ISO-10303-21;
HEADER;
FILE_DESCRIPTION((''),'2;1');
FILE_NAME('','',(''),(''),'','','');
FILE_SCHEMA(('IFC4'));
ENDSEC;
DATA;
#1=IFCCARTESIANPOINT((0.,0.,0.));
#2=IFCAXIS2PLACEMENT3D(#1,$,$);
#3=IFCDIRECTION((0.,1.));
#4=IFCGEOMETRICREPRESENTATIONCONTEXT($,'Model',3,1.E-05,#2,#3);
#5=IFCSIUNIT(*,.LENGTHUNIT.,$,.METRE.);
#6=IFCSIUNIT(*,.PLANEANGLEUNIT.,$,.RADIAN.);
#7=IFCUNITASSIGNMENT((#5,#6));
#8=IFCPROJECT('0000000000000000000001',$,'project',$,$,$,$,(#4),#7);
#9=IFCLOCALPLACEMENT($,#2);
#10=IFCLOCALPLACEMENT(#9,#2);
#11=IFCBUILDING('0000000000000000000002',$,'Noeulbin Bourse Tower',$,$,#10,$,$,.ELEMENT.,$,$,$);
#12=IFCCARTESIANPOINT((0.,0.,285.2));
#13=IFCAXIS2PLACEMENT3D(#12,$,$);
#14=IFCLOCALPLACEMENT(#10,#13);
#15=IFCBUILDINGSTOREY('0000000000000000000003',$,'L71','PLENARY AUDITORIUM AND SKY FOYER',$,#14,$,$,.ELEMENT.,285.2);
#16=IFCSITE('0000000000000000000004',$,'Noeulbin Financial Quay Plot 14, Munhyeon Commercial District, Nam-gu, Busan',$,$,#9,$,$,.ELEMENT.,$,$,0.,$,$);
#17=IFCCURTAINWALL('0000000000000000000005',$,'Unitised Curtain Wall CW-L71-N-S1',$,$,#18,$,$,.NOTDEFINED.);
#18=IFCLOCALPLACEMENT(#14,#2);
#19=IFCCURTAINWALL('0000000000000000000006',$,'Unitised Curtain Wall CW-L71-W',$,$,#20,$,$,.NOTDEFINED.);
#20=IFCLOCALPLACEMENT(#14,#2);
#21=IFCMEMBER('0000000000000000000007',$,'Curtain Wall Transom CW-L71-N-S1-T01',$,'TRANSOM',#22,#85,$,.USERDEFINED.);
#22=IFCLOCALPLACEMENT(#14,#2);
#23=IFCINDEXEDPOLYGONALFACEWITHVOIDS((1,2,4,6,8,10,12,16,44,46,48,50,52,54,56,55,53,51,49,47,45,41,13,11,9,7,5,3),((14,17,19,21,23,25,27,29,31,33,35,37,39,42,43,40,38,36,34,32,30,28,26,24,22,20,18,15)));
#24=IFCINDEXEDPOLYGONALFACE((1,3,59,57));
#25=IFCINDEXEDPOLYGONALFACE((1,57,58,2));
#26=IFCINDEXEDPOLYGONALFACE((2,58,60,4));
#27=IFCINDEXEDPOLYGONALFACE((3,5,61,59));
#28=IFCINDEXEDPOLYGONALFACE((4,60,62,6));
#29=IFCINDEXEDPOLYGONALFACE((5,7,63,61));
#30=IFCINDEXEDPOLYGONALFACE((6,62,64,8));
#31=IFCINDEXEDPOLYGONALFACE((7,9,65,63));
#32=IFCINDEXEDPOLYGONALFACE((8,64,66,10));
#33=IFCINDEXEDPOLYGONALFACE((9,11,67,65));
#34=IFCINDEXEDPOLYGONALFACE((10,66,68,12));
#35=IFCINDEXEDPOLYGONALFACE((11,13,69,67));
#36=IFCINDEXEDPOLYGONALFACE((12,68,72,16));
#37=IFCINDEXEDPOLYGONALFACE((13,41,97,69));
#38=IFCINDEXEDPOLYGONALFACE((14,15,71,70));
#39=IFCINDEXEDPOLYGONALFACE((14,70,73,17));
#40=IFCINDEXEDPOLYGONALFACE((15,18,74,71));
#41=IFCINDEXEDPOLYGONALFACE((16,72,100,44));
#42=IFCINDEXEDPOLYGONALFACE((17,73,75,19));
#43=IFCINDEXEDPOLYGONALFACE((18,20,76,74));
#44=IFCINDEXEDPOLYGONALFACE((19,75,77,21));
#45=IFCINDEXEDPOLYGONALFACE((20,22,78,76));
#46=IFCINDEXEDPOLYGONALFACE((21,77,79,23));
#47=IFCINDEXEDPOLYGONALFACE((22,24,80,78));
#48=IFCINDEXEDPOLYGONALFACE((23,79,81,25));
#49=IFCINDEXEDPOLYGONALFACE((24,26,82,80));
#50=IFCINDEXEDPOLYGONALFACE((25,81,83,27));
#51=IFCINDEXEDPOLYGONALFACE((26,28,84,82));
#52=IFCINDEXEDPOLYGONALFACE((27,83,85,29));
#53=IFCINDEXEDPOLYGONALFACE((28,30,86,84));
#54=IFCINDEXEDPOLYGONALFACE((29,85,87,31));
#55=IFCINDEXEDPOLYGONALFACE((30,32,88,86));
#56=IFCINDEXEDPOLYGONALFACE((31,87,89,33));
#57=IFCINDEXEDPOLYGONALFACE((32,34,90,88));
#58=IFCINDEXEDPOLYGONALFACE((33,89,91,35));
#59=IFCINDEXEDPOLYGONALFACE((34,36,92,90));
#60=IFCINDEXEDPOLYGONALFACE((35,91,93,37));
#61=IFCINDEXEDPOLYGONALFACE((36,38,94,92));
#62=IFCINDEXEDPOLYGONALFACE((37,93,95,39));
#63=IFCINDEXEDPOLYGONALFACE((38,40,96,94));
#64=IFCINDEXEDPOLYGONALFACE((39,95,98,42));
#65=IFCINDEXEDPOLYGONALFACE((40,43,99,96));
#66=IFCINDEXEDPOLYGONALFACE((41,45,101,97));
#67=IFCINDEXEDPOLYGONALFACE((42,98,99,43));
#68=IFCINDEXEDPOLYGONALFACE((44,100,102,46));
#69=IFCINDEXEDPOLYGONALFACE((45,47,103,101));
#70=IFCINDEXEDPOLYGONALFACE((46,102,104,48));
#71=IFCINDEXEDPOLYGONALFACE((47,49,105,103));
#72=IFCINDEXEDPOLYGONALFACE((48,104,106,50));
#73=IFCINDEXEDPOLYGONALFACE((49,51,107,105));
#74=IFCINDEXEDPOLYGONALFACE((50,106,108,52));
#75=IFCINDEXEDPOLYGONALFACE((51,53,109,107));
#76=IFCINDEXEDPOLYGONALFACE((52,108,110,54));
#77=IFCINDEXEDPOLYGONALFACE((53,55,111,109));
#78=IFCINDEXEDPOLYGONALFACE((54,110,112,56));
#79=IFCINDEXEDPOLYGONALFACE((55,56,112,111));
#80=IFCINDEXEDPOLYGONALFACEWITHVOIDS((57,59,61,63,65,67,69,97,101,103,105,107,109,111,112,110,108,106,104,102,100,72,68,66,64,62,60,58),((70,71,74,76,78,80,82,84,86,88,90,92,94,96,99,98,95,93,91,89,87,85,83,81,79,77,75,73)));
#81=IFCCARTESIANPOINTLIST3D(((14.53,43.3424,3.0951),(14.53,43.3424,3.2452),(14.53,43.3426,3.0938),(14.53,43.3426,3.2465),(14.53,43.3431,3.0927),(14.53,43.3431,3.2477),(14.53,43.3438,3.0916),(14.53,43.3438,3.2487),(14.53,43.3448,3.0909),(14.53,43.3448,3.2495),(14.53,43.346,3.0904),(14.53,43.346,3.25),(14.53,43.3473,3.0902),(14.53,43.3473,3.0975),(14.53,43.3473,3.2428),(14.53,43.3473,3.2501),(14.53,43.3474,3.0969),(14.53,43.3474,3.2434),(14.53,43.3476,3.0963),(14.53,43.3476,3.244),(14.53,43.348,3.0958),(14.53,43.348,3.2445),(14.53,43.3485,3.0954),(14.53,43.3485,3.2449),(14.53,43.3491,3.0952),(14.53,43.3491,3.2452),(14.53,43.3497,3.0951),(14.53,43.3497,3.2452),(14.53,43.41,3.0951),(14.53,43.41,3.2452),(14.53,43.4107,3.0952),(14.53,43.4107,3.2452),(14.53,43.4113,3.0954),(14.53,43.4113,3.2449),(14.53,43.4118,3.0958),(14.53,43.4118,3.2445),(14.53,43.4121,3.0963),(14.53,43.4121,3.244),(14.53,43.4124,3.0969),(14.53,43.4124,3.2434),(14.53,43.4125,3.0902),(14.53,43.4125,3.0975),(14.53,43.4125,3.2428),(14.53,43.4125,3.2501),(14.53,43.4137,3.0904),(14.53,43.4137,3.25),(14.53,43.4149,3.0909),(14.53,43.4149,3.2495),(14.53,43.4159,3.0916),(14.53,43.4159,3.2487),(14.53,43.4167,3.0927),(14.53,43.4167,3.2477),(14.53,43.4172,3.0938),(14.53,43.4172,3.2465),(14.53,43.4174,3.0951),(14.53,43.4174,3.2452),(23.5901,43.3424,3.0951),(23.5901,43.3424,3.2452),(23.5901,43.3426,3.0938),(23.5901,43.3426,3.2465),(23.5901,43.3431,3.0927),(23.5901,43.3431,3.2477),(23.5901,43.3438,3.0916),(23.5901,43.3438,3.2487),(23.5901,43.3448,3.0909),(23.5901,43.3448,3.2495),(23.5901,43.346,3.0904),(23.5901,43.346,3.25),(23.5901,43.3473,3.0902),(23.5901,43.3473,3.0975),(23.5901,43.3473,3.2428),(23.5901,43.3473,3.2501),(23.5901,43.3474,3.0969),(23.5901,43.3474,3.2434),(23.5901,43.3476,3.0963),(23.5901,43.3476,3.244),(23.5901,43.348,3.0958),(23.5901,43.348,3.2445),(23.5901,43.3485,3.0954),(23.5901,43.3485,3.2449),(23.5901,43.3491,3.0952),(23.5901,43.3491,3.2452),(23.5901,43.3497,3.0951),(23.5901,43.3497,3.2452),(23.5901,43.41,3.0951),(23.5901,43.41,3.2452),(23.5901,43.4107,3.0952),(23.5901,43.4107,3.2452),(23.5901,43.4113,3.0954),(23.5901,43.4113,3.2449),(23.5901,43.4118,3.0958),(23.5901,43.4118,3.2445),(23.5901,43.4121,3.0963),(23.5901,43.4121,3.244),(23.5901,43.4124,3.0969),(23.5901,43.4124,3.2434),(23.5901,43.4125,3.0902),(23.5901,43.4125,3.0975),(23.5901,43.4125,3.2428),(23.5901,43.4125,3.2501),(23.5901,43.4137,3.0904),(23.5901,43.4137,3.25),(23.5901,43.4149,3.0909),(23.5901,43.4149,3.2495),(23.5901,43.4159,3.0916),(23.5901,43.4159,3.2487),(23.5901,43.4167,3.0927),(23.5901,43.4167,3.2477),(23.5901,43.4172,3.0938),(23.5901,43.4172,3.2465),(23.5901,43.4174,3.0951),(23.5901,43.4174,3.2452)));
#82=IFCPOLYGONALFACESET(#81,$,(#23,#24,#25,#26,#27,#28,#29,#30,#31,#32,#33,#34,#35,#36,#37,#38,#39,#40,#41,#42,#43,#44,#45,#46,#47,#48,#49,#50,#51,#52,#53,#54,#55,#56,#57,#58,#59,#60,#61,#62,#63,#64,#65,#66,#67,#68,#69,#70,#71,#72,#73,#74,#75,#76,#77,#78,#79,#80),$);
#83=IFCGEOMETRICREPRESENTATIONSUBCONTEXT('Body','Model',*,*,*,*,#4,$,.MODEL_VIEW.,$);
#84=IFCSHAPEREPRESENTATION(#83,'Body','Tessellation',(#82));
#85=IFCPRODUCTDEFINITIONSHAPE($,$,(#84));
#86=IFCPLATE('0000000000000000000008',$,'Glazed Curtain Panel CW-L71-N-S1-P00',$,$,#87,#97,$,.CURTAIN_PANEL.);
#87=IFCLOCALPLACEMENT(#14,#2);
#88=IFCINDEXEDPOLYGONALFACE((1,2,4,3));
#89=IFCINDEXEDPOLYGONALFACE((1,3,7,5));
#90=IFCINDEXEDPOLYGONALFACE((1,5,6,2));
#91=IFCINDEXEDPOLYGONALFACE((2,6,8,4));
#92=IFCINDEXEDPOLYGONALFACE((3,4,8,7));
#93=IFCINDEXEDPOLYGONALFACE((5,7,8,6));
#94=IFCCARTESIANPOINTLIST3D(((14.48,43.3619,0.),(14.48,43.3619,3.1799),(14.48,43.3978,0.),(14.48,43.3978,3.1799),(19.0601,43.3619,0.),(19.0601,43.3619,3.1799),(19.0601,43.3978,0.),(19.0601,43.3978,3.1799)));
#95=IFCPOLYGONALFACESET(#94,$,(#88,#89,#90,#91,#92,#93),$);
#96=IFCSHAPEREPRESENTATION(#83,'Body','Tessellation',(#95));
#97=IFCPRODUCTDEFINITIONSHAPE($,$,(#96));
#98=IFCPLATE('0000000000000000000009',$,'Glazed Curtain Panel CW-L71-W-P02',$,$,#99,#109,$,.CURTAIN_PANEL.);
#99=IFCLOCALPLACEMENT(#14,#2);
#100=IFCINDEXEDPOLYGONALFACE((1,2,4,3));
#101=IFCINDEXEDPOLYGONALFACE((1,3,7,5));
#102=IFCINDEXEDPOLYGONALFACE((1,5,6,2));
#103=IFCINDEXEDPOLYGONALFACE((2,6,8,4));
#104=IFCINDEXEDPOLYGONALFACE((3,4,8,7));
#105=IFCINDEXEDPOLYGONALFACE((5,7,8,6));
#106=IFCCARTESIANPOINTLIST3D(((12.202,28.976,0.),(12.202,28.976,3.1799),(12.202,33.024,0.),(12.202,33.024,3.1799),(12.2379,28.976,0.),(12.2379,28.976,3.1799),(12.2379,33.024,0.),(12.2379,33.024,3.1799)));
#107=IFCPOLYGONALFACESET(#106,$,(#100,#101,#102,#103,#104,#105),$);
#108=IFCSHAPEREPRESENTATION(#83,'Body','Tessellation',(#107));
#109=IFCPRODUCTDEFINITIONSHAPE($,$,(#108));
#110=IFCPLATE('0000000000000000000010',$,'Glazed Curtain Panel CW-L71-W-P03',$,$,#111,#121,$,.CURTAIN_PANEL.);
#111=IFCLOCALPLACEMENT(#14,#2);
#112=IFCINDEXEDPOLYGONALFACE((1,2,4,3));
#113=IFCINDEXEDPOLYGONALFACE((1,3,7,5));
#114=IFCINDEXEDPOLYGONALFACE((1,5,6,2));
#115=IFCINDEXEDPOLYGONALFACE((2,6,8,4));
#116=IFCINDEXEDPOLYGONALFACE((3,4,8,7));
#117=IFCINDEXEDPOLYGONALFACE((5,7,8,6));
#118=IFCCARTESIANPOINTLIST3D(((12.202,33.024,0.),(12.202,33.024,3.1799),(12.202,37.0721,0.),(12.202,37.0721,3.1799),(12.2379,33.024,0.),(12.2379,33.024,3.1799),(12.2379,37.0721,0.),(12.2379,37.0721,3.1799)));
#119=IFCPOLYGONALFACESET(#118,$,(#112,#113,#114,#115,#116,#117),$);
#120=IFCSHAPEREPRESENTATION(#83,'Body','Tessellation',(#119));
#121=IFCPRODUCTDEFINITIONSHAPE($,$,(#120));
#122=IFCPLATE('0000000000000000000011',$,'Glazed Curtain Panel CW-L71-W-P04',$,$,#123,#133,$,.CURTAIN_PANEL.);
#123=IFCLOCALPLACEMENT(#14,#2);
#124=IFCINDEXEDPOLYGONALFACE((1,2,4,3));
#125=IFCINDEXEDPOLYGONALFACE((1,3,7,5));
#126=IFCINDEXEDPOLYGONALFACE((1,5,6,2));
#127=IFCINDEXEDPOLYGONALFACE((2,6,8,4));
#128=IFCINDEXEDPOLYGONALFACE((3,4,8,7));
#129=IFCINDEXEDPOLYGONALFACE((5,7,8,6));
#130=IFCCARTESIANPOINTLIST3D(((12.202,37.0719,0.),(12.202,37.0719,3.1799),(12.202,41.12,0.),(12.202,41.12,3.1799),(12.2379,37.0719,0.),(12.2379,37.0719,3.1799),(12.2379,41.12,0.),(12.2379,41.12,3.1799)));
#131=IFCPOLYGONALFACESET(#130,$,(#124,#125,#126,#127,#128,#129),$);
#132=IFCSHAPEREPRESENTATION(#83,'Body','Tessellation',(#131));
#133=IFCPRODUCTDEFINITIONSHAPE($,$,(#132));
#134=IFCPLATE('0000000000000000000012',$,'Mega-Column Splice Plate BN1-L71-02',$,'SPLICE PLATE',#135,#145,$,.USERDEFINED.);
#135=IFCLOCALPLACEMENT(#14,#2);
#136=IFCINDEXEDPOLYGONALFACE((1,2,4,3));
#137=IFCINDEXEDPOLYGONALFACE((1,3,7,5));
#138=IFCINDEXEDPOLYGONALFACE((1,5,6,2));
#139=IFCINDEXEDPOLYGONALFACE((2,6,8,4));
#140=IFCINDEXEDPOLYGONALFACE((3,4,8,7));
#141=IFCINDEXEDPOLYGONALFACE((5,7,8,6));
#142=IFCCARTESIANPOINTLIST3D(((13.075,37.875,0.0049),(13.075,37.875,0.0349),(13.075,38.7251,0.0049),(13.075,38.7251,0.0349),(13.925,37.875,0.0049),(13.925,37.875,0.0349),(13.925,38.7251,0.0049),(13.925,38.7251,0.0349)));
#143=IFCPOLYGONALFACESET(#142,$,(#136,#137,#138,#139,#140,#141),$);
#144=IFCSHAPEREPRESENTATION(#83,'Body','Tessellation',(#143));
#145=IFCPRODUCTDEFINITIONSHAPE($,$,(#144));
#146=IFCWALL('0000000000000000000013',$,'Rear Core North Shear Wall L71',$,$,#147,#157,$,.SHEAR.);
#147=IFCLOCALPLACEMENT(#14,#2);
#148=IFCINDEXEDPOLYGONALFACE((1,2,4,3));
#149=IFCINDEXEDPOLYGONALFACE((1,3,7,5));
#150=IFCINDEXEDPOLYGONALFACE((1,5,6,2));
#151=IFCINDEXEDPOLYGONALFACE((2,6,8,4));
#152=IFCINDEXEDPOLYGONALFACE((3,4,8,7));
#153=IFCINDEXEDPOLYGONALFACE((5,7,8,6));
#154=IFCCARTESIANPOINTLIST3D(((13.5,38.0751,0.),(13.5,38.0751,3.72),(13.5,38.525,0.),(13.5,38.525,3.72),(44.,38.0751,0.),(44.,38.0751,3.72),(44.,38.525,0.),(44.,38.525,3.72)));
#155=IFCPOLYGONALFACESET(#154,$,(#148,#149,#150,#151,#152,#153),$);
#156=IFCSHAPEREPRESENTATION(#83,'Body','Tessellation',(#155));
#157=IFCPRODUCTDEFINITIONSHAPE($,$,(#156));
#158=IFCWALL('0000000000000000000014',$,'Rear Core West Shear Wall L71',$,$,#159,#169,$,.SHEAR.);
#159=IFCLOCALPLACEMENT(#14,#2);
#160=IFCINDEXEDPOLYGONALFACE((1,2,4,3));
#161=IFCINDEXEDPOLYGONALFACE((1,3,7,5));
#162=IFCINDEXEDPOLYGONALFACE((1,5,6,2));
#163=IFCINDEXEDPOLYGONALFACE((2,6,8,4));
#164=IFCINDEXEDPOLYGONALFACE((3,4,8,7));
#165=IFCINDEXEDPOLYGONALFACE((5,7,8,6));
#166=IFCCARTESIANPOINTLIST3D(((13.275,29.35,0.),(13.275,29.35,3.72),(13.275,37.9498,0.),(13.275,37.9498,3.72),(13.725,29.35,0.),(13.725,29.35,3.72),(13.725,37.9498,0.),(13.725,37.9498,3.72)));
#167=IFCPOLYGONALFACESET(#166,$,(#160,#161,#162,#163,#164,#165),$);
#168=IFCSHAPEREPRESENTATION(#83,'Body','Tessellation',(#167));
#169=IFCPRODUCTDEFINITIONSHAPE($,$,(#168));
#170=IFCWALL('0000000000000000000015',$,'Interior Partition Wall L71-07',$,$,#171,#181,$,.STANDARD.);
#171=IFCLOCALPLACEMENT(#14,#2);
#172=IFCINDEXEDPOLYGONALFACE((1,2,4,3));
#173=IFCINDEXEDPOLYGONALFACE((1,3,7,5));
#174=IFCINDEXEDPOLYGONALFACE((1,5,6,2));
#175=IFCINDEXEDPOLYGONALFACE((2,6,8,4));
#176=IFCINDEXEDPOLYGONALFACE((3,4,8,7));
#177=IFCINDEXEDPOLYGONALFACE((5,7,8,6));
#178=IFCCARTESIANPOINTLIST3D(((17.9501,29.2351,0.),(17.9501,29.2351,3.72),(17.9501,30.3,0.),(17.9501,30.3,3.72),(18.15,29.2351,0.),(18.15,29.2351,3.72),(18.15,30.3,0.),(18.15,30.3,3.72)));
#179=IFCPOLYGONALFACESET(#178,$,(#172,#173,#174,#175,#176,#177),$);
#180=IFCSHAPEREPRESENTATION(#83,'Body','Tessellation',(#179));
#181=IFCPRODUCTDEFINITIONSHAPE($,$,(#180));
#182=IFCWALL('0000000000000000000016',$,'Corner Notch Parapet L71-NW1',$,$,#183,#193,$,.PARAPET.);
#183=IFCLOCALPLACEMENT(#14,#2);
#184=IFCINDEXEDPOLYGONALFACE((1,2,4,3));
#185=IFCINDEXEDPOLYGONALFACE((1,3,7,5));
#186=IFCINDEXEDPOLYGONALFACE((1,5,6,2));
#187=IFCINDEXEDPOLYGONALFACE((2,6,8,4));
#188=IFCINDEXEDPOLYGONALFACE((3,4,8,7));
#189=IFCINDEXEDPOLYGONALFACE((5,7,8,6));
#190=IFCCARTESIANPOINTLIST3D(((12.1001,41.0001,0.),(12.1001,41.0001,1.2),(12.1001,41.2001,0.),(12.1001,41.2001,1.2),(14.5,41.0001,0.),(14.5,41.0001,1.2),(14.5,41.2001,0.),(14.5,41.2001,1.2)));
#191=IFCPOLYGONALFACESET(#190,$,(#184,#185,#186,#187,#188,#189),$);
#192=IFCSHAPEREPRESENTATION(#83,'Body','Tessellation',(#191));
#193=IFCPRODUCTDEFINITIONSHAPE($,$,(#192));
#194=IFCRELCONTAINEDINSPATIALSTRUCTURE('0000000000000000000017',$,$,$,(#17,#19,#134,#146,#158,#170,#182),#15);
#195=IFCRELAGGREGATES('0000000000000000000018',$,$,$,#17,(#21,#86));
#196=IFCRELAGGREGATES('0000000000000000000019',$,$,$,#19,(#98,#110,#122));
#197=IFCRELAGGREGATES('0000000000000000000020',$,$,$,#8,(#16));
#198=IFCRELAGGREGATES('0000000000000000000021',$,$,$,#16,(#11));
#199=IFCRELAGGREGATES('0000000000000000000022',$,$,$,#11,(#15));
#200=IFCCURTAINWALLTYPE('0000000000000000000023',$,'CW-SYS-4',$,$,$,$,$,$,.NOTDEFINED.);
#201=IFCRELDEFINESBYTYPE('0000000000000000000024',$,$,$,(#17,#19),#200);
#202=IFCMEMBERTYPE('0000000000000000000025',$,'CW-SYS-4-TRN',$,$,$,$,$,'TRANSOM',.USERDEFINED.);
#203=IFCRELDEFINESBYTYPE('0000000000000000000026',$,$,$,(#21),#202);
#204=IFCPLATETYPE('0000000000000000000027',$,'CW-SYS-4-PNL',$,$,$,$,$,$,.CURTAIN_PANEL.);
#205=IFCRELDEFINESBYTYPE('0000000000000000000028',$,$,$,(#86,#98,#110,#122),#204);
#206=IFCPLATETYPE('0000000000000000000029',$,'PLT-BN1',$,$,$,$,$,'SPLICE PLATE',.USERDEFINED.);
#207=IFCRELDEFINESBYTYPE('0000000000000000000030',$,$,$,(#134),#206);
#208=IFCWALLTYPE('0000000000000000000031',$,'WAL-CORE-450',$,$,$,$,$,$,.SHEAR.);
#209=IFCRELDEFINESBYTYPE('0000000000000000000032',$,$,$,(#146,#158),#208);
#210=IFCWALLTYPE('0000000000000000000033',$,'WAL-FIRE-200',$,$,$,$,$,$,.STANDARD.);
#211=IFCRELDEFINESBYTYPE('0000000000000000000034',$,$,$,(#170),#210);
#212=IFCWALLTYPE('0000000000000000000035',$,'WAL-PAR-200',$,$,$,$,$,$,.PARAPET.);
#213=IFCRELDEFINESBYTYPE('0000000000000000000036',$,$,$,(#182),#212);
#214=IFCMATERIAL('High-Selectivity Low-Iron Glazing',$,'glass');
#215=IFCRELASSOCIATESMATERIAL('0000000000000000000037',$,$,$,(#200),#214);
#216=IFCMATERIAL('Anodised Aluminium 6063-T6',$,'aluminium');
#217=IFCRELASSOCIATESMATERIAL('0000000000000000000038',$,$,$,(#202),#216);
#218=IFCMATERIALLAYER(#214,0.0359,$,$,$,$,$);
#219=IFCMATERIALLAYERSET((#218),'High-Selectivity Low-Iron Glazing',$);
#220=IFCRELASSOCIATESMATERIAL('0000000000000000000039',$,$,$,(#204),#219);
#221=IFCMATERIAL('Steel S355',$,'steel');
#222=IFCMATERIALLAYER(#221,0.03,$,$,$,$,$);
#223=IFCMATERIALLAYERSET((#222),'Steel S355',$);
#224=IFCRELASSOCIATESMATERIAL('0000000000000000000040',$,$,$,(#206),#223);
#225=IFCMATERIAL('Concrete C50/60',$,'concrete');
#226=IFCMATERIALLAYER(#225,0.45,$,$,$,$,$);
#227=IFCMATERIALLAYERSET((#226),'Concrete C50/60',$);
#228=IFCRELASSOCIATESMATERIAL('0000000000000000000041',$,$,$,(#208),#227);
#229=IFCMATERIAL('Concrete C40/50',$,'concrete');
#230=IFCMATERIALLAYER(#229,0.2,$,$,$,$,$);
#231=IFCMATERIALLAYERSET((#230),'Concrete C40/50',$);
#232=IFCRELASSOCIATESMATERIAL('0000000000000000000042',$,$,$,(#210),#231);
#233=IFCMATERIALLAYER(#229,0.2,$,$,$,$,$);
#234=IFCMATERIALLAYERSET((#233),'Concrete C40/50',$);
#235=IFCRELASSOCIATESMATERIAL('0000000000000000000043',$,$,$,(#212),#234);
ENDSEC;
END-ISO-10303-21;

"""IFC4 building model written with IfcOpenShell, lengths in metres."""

from ifc_helpers import new_model, si_unit, direction, frame, frame_2d, origin, origin_2d, place, context, subcontext, project, spatial, rectangle, hollow_rectangle, extrude, material, layer, layer_set, material_profile, profile_set, type_object, element, aggregate, save


model = new_model("IFC4")

# Units and contexts
model_context = context("Model", 3, precision=1e-05, world=origin(), true_north=direction((0.0, 1.0)))
body_context = subcontext(model_context, "Body", "Model", "MODEL_VIEW")
ifc_project = project(units=[si_unit("LENGTHUNIT", "METRE"), si_unit("PLANEANGLEUNIT", "RADIAN")], contexts=[model_context])

# Site, building, storey
site_placement = place(None, origin())
site = spatial("IfcSite", under=ifc_project, at=site_placement, Name="Noeulbin Financial Quay Plot 14, Munhyeon Commercial District, Nam-gu, Busan", CompositionType="ELEMENT", RefElevation=0.0)
building_placement = place(site_placement, origin())
building = spatial("IfcBuilding", under=site, at=building_placement, Name="Noeulbin Bourse Tower", CompositionType="ELEMENT")
storey_placement = place(building_placement, frame((0.0, 0.0, 285.2)))
storey = spatial("IfcBuildingStorey", under=building, at=storey_placement, Name="L71", Description="PLENARY AUDITORIUM AND SKY FOYER", CompositionType="ELEMENT", Elevation=285.2)

# Shared definitions
ifc_material_1 = material(Name="Steel S355", Category="steel")

# Curtain wall
ifc_material_2 = material(Name="High-Selectivity Low-Iron Glazing", Category="glass")
curtain_wall_type = type_object("IfcCurtainWallType", Name="CW-SYS-4", PredefinedType="NOTDEFINED", material=ifc_material_2)
curtain_wall_1_placement = place(storey_placement, origin())
curtain_wall_1 = element("IfcCurtainWall", 1, at=curtain_wall_1_placement, inside=storey, type_object=curtain_wall_type, Name="Unitised Curtain Wall CW-L71-N-S1", PredefinedType="NOTDEFINED")
ifc_material_3 = material(Name="Anodised Aluminium 6063-T6", Category="aluminium")

# Curtain wall
curtain_wall_2_placement = place(storey_placement, origin())
curtain_wall_2 = element("IfcCurtainWall", 2, at=curtain_wall_2_placement, inside=storey, type_object=curtain_wall_type, Name="Unitised Curtain Wall CW-L71-W", PredefinedType="NOTDEFINED")

# Member
ifc_material_profile_1 = material_profile(ifc_material_3, hollow_rectangle(XDim=0.075, YDim=0.1599, WallThickness=0.0049, InnerFilletRadius=0.0024, OuterFilletRadius=0.0049, at=origin_2d()), Name="ALU-TRAN-75x160x5", Category="LoadBearing")
ifc_profile_set_1 = profile_set([ifc_material_profile_1], Name="Anodised Aluminium 6063-T6")
member_type_1 = type_object("IfcMemberType", Name="CW-SYS-4-TRN", ElementType="TRANSOM", PredefinedType="USERDEFINED", material=ifc_profile_set_1)
member_1_placement = place(storey_placement, frame((14.53, 43.3799, 3.1702), z_axis=(1.0, 0.0, 0.0), x_axis=(0.0, 1.0, 0.0)))
member_1 = element("IfcMember", 3, at=member_1_placement, type_object=member_type_1, Name="Curtain Wall Transom CW-L71-N-S1-T01", ObjectType="TRANSOM", PredefinedType="USERDEFINED", context=body_context, shape_type="SweptSolid", body=[
    extrude(hollow_rectangle(XDim=0.075, YDim=0.1599, WallThickness=0.0049, InnerFilletRadius=0.0024, OuterFilletRadius=0.0049, at=origin_2d()), origin(), (0.0, 0.0, 1.0), 9.0601),
])

# Plates
ifc_layer_1 = layer(ifc_material_2, 0.0359)
ifc_layer_set_1 = layer_set([ifc_layer_1], Name="High-Selectivity Low-Iron Glazing")
plate_type_1 = type_object("IfcPlateType", Name="CW-SYS-4-PNL", PredefinedType="CURTAIN_PANEL", material=ifc_layer_set_1)
plate_1_placement = place(storey_placement, frame((16.77, 43.3799, 0.0), z_axis=(0.0, 0.0, 1.0), x_axis=(1.0, 0.0, 0.0)))
plate_1 = element("IfcPlate", 4, at=plate_1_placement, type_object=plate_type_1, Name="Glazed Curtain Panel CW-L71-N-S1-P00", PredefinedType="CURTAIN_PANEL", context=body_context, shape_type="SweptSolid", body=[
    extrude(rectangle(XDim=4.5801, YDim=0.0359, at=origin_2d()), origin(), (0.0, 0.0, 1.0), 3.1799),
])
aggregate(curtain_wall_1, [member_1, plate_1])
plate_2_placement = place(storey_placement, frame((12.22, 31.0, 0.0), z_axis=(0.0, 0.0, 1.0), x_axis=(0.0, 1.0, 0.0)))
plate_2 = element("IfcPlate", 5, at=plate_2_placement, type_object=plate_type_1, Name="Glazed Curtain Panel CW-L71-W-P02", PredefinedType="CURTAIN_PANEL", context=body_context, shape_type="SweptSolid", body=[
    extrude(rectangle(XDim=4.0481, YDim=0.0359, at=origin_2d()), origin(), (0.0, 0.0, 1.0), 3.1799),
])
plate_3_placement = place(storey_placement, frame((12.22, 35.0481, 0.0), z_axis=(0.0, 0.0, 1.0), x_axis=(0.0, 1.0, 0.0)))
plate_3 = element("IfcPlate", 6, at=plate_3_placement, type_object=plate_type_1, Name="Glazed Curtain Panel CW-L71-W-P03", PredefinedType="CURTAIN_PANEL", context=body_context, shape_type="SweptSolid", body=[
    extrude(rectangle(XDim=4.0481, YDim=0.0359, at=origin_2d()), origin(), (0.0, 0.0, 1.0), 3.1799),
])
plate_4_placement = place(storey_placement, frame((12.22, 39.0959, 0.0), z_axis=(0.0, 0.0, 1.0), x_axis=(0.0, 1.0, 0.0)))
plate_4 = element("IfcPlate", 7, at=plate_4_placement, type_object=plate_type_1, Name="Glazed Curtain Panel CW-L71-W-P04", PredefinedType="CURTAIN_PANEL", context=body_context, shape_type="SweptSolid", body=[
    extrude(rectangle(XDim=4.0481, YDim=0.0359, at=origin_2d()), origin(), (0.0, 0.0, 1.0), 3.1799),
])
aggregate(curtain_wall_2, [plate_2, plate_3, plate_4])
ifc_layer_2 = layer(ifc_material_1, 0.03)
ifc_layer_set_2 = layer_set([ifc_layer_2], Name="Steel S355")
plate_type_2 = type_object("IfcPlateType", Name="PLT-BN1", ElementType="SPLICE PLATE", PredefinedType="USERDEFINED", material=ifc_layer_set_2)
plate_5_placement = place(storey_placement, frame((13.5, 38.3, 0.0049), z_axis=(0.0, 0.0, 1.0), x_axis=(1.0, 0.0, 0.0)))
element("IfcPlate", 8, at=plate_5_placement, inside=storey, type_object=plate_type_2, Name="Mega-Column Splice Plate BN1-L71-02", ObjectType="SPLICE PLATE", PredefinedType="USERDEFINED", context=body_context, shape_type="SweptSolid", body=[
    extrude(rectangle(XDim=0.8501, YDim=0.8501, at=origin_2d()), origin(), (0.0, 0.0, 1.0), 0.03),
])

# Walls
ifc_material_4 = material(Name="Concrete C50/60", Category="concrete")
ifc_layer_3 = layer(ifc_material_4, 0.45)
ifc_layer_set_3 = layer_set([ifc_layer_3], Name="Concrete C50/60")
wall_type_1 = type_object("IfcWallType", Name="WAL-CORE-450", PredefinedType="SHEAR", material=ifc_layer_set_3)
wall_1_placement = place(storey_placement, frame((13.5, 38.3, 0.0), z_axis=(0.0, 0.0, 1.0), x_axis=(1.0, 0.0, 0.0)))
element("IfcWall", 9, at=wall_1_placement, inside=storey, type_object=wall_type_1, Name="Rear Core North Shear Wall L71", PredefinedType="SHEAR", context=body_context, shape_type="SweptSolid", body=[
    extrude(rectangle(XDim=30.5, YDim=0.45, at=frame_2d((15.25, 0.0))), origin(), (0.0, 0.0, 1.0), 3.72),
])
wall_2_placement = place(storey_placement, frame((13.5, 29.3501, 0.0), z_axis=(0.0, 0.0, 1.0), x_axis=(0.0, 1.0, 0.0)))
element("IfcWall", 10, at=wall_2_placement, inside=storey, type_object=wall_type_1, Name="Rear Core West Shear Wall L71", PredefinedType="SHEAR", context=body_context, shape_type="SweptSolid", body=[
    extrude(rectangle(XDim=8.5999, YDim=0.45, at=frame_2d((4.2998, 0.0))), origin(), (0.0, 0.0, 1.0), 3.72),
])
ifc_material_5 = material(Name="Concrete C40/50", Category="concrete")
ifc_layer_4 = layer(ifc_material_5, 0.2)
ifc_layer_set_4 = layer_set([ifc_layer_4], Name="Concrete C40/50")
wall_type_2 = type_object("IfcWallType", Name="WAL-FIRE-200", PredefinedType="STANDARD", material=ifc_layer_set_4)
wall_3_placement = place(storey_placement, frame((18.05, 29.2351, 0.0), z_axis=(0.0, 0.0, 1.0), x_axis=(0.0, 1.0, 0.0)))
element("IfcWall", 11, at=wall_3_placement, inside=storey, type_object=wall_type_2, Name="Interior Partition Wall L71-07", PredefinedType="STANDARD", context=body_context, shape_type="SweptSolid", body=[
    extrude(rectangle(XDim=1.0649, YDim=0.2, at=frame_2d((0.5325, 0.0))), origin(), (0.0, 0.0, 1.0), 3.72),
])
ifc_layer_5 = layer(ifc_material_5, 0.2)
ifc_layer_set_5 = layer_set([ifc_layer_5], Name="Concrete C40/50")
wall_type_3 = type_object("IfcWallType", Name="WAL-PAR-200", PredefinedType="PARAPET", material=ifc_layer_set_5)
for number, where, z_axis, x_axis, name in (
    (12, (12.1001, 41.1001, 0.0), (0.0, 0.0, 1.0), (1.0, 0.0, 0.0), "Corner Notch Parapet L71-NW1"),
):
    element("IfcWall", number, at=place(storey_placement, frame(where, z_axis=z_axis, x_axis=x_axis)), inside=storey, type_object=wall_type_3, Name=name, PredefinedType="PARAPET", context=body_context, shape_type="SweptSolid", body=[
        extrude(rectangle(XDim=2.3999, YDim=0.2, at=frame_2d((1.2, 0.0))), origin(), (0.0, 0.0, 1.0), 1.2),
    ])

save(model, "model.ifc")
